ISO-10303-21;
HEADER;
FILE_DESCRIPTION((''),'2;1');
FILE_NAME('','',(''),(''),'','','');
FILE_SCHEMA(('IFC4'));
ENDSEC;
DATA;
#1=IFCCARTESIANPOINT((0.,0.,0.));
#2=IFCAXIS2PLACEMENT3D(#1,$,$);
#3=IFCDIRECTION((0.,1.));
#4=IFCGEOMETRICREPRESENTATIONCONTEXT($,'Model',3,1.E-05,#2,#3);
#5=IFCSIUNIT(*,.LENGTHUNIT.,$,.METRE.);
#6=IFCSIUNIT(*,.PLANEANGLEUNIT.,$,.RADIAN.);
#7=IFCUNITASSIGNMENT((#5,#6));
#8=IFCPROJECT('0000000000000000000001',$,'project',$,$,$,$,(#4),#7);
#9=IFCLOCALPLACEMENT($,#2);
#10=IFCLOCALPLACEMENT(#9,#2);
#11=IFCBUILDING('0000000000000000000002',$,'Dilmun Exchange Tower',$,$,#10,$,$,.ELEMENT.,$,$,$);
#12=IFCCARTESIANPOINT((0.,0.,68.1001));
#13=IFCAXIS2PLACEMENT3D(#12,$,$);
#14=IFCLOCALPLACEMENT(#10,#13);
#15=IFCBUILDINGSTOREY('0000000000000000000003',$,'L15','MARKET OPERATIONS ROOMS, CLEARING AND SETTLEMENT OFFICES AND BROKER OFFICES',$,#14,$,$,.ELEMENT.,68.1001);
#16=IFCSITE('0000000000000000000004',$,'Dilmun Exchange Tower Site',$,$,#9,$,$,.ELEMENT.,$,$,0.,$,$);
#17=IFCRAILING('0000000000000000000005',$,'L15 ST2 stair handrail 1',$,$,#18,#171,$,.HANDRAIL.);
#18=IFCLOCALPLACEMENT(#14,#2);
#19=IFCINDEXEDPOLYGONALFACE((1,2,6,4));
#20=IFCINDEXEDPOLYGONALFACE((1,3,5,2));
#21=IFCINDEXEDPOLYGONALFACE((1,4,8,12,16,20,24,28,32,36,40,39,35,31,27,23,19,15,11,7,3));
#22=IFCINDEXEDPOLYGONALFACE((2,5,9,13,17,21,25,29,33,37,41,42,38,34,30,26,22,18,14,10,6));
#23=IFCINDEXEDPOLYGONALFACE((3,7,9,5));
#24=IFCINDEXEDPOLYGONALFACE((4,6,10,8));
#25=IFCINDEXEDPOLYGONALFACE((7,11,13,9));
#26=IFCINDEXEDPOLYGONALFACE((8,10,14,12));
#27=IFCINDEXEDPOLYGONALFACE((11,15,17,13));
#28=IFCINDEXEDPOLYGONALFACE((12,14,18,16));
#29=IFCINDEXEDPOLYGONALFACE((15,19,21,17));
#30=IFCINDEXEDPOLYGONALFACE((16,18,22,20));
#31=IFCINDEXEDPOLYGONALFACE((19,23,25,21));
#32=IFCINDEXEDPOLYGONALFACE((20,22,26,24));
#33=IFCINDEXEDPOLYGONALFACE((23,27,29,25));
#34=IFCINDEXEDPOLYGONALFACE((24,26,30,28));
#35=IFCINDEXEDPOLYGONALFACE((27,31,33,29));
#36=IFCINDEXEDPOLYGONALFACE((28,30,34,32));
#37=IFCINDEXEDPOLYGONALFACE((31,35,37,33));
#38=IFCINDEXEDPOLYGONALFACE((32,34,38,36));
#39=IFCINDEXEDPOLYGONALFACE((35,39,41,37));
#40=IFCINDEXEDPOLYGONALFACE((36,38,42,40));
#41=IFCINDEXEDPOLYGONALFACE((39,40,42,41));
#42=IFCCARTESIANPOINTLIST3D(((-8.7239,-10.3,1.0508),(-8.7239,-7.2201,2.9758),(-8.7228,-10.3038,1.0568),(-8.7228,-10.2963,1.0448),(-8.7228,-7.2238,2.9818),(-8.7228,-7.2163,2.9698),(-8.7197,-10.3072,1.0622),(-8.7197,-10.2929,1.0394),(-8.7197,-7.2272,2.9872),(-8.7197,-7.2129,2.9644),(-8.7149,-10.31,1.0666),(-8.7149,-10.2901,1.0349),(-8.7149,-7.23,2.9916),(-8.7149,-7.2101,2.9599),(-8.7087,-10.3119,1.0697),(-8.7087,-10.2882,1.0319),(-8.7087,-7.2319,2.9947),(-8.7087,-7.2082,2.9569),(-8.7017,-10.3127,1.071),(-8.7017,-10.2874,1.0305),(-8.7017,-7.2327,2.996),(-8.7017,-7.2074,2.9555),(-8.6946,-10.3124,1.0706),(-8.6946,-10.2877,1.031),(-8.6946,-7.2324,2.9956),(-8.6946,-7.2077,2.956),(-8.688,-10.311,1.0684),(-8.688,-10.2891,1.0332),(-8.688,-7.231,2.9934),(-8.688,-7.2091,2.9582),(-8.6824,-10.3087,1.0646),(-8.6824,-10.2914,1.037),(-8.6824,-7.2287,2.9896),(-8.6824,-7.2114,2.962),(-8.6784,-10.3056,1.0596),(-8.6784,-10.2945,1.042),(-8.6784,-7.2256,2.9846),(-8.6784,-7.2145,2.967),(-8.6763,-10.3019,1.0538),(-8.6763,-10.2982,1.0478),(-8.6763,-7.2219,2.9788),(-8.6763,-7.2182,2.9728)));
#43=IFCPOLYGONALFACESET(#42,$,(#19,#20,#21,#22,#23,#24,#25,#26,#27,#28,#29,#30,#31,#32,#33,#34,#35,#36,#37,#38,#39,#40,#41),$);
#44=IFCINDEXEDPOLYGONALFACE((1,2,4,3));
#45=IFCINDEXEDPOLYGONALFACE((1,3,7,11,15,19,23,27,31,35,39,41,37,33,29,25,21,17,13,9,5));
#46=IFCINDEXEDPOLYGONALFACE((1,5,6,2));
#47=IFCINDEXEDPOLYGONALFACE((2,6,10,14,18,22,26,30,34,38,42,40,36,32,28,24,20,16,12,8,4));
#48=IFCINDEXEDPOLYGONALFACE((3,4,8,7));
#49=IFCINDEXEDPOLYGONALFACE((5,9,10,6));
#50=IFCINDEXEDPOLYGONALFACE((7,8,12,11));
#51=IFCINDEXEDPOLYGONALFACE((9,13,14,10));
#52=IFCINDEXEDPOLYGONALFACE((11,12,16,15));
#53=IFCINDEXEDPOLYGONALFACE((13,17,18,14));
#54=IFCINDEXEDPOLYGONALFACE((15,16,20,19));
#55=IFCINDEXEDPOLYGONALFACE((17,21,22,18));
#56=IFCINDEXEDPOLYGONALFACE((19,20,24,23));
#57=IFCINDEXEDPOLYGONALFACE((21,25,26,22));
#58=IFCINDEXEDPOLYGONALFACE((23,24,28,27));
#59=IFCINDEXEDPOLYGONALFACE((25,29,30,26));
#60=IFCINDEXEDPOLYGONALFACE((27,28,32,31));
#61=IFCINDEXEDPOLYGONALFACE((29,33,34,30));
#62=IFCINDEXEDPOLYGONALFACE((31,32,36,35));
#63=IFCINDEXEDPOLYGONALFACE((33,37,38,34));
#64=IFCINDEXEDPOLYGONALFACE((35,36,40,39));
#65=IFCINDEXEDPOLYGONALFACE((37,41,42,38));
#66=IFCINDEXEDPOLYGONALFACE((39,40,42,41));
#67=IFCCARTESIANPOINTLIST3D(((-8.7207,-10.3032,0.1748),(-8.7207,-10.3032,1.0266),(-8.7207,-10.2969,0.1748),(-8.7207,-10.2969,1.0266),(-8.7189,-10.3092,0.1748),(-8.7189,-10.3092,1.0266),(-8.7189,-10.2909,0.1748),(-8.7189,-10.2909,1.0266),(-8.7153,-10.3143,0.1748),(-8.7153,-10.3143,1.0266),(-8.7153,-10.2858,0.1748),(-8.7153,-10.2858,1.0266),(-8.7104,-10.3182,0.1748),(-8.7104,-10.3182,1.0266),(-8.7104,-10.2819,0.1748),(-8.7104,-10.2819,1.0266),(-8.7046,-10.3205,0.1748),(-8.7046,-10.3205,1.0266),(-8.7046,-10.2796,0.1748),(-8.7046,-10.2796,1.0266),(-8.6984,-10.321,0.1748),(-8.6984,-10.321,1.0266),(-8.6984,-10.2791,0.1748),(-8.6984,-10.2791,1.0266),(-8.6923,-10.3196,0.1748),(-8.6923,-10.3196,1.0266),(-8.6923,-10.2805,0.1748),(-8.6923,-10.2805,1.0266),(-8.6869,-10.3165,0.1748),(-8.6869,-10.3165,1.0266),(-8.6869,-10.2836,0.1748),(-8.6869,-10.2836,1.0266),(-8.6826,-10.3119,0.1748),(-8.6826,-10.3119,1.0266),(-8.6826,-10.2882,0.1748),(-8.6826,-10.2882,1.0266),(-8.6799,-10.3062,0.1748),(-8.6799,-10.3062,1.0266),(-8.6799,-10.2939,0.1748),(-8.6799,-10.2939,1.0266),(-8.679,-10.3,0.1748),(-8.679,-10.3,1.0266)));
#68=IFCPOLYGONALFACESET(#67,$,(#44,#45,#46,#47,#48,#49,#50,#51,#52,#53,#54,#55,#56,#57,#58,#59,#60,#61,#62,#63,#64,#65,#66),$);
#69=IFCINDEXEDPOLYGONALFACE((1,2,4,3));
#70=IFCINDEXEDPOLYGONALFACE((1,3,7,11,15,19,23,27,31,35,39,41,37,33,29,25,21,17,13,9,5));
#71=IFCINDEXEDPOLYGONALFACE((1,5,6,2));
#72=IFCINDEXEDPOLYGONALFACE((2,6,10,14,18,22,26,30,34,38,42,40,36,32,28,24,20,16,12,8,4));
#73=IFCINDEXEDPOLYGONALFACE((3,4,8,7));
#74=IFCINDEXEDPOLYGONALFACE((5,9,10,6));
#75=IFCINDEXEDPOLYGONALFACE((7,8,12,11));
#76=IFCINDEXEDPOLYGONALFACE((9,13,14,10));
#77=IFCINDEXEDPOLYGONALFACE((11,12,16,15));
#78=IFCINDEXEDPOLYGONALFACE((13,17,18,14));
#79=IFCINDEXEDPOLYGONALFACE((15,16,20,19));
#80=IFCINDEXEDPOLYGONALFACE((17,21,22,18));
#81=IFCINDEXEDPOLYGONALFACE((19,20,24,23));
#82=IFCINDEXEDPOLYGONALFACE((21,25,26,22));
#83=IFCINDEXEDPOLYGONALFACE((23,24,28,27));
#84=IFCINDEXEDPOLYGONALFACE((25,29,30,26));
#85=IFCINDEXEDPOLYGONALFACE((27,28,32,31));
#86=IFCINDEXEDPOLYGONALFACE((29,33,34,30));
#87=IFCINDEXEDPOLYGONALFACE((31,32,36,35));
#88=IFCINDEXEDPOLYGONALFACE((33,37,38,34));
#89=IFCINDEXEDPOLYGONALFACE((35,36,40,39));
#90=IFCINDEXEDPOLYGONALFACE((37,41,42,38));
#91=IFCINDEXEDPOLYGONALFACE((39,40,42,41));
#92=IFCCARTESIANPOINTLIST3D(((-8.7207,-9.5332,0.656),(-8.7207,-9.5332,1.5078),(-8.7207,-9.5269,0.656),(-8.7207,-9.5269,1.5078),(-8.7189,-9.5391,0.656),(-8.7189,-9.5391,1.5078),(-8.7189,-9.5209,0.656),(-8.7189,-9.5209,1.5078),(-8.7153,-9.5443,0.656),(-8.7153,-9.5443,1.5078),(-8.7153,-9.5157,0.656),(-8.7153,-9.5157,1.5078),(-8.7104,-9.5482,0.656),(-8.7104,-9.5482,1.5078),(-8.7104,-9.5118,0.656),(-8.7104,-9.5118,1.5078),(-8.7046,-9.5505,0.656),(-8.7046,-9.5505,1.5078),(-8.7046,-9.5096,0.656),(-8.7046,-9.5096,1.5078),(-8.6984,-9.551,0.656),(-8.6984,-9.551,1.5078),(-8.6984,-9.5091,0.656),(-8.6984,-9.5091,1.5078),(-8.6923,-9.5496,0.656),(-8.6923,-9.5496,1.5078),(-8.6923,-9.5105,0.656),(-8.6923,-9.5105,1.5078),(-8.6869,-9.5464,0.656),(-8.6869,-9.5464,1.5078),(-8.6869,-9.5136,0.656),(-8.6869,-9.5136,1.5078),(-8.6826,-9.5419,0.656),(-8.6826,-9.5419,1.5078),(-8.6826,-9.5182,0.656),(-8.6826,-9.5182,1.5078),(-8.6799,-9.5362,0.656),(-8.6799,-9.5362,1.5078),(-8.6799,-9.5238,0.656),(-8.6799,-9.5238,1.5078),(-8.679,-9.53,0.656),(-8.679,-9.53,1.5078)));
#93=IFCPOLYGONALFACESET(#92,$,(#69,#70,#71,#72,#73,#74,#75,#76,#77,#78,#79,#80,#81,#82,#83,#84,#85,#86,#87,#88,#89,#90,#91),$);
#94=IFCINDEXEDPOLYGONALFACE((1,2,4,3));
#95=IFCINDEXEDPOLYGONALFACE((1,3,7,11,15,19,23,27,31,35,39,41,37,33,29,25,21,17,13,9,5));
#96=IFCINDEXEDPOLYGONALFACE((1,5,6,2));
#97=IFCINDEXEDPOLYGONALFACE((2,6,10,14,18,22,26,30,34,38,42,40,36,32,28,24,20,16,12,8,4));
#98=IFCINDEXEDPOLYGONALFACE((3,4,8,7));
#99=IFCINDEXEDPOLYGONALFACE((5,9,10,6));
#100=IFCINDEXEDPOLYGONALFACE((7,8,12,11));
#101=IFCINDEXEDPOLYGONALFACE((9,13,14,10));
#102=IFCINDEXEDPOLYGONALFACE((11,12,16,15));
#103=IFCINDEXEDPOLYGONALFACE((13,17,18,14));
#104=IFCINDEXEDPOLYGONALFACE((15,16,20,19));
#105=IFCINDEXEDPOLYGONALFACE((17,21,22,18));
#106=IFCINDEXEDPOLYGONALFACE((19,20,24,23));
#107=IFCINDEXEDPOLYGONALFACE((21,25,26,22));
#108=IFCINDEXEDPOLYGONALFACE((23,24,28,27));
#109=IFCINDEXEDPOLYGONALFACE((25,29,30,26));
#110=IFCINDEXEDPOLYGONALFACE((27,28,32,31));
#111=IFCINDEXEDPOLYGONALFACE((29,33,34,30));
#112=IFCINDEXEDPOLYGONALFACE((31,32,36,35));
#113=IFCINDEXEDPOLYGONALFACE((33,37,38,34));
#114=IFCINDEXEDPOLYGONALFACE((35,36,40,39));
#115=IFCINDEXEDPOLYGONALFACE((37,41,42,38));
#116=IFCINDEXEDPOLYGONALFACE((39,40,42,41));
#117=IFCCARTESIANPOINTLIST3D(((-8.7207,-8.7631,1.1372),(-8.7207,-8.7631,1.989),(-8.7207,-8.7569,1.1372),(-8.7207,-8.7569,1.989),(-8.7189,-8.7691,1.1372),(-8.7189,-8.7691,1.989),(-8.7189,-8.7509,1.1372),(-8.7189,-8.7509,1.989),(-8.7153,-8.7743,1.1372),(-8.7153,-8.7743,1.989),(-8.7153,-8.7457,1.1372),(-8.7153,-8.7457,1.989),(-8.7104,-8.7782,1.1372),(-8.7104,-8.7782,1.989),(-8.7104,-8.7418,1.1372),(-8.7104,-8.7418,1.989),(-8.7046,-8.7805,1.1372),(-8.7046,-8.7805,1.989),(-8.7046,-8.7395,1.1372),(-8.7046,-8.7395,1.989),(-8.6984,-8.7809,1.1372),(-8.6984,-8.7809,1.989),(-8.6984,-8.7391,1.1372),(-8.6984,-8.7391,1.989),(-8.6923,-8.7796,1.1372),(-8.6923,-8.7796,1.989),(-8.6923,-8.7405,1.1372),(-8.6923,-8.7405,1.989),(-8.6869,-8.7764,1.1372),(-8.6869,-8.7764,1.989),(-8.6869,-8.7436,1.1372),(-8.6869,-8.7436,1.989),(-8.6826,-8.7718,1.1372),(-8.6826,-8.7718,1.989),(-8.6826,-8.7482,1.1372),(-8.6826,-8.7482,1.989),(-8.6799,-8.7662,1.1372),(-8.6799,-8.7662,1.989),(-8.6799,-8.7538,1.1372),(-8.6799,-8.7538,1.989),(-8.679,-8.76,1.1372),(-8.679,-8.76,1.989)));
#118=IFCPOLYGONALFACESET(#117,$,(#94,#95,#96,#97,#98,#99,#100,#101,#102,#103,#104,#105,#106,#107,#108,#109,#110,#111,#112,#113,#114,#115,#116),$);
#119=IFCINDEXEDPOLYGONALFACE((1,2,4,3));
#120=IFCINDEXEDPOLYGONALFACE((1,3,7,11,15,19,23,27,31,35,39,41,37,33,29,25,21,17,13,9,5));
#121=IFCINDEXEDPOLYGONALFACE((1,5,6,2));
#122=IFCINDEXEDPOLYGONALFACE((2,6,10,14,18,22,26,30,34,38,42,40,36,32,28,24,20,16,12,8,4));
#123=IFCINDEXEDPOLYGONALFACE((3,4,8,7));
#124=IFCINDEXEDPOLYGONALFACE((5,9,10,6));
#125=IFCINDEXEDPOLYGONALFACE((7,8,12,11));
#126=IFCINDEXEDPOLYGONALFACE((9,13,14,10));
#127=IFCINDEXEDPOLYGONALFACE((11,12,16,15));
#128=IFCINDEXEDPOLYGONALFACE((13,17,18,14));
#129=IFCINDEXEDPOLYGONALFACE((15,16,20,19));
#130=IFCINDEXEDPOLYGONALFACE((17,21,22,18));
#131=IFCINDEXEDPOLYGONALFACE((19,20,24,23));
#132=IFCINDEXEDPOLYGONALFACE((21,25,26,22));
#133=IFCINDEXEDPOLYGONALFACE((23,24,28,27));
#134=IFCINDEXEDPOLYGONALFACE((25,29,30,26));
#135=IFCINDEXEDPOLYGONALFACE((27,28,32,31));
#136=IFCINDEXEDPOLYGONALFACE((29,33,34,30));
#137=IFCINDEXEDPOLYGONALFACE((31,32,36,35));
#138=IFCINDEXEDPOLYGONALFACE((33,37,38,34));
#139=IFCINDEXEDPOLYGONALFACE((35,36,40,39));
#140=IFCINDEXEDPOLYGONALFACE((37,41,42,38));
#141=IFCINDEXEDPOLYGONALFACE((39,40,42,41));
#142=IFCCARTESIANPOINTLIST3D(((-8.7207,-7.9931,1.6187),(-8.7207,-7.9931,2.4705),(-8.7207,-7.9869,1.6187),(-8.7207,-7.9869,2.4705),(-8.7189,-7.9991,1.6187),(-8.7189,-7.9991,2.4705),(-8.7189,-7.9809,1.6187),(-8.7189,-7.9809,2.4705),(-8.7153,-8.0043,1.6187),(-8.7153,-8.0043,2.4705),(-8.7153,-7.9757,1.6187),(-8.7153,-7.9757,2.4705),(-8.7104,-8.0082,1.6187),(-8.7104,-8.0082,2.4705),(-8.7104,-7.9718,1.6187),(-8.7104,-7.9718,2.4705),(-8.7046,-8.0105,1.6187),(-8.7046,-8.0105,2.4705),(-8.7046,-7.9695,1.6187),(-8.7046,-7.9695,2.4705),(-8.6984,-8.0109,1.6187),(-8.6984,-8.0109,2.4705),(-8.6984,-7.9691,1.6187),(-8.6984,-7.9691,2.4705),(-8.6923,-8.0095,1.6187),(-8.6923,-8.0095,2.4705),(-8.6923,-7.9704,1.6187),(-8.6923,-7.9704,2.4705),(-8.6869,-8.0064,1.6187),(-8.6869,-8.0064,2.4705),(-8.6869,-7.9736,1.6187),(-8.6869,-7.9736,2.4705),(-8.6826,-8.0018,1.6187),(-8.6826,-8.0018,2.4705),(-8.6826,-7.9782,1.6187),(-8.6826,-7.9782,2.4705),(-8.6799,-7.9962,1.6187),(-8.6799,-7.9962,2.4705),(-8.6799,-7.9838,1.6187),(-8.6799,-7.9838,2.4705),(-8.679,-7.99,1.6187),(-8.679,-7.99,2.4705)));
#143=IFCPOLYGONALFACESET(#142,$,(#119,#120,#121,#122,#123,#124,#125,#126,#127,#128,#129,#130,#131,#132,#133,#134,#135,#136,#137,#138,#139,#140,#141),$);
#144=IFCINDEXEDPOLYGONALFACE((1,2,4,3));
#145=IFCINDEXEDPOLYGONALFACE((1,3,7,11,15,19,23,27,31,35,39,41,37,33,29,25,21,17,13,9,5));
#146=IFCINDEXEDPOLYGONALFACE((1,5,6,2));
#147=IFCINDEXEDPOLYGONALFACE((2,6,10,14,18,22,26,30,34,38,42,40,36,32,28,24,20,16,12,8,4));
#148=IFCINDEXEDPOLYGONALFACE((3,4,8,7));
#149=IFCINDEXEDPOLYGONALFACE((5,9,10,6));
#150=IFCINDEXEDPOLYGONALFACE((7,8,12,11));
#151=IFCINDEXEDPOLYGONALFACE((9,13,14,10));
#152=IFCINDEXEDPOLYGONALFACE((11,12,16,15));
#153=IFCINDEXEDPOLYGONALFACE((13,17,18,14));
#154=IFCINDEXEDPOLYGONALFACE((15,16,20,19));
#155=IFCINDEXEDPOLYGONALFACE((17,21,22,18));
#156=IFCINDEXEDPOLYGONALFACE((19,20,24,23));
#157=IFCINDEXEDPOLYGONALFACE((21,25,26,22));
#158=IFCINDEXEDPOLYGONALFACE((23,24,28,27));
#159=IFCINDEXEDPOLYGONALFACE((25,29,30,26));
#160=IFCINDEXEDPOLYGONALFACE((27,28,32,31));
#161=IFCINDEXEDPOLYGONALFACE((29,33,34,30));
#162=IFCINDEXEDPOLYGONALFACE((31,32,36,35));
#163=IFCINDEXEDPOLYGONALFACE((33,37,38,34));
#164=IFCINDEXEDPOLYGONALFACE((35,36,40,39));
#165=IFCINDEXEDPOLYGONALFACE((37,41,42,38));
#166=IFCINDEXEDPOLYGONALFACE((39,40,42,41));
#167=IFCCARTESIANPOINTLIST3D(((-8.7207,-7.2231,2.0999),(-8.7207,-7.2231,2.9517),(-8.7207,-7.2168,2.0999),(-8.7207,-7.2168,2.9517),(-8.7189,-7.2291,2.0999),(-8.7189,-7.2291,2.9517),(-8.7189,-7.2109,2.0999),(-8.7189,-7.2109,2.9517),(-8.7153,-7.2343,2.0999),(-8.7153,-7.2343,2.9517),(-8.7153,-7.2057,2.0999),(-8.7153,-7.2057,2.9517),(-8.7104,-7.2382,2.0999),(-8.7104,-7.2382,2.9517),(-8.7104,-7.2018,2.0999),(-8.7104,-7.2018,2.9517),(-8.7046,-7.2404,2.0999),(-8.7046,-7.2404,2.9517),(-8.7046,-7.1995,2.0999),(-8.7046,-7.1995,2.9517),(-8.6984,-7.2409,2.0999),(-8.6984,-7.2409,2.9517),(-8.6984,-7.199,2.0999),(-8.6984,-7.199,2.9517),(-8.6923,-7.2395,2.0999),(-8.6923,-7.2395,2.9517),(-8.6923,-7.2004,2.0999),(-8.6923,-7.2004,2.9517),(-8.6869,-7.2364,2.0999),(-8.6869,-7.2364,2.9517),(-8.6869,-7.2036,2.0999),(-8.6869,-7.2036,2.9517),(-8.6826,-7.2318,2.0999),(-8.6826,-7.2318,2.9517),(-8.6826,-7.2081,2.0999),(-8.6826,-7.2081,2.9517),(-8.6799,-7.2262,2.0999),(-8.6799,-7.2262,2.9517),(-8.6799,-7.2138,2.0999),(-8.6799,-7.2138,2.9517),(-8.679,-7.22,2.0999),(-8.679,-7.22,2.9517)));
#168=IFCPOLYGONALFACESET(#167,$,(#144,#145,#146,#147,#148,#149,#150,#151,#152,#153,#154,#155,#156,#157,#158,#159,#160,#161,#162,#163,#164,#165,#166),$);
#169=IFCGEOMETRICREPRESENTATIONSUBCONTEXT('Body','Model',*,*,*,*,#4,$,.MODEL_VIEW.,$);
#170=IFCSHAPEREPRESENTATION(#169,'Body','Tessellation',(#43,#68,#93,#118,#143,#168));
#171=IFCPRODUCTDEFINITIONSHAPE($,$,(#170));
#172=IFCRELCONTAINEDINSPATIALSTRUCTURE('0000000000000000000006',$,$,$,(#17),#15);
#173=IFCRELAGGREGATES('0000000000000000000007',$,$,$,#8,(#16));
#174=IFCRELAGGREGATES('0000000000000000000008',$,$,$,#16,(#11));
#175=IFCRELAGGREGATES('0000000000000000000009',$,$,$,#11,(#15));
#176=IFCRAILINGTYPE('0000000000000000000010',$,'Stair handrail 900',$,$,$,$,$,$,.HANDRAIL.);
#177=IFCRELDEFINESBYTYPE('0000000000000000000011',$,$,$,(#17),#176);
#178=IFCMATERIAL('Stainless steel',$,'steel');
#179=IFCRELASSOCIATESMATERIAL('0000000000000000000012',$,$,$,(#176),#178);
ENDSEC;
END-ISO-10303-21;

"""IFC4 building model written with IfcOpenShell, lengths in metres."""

from ifc_helpers import new_model, si_unit, direction, frame, origin, origin_2d, place, context, subcontext, project, spatial, circle, extrude, material, type_object, element, save


model = new_model("IFC4")

# Units and contexts
model_context = context("Model", 3, precision=1e-05, world=origin(), true_north=direction((0.0, 1.0)))
body_context = subcontext(model_context, "Body", "Model", "MODEL_VIEW")
ifc_project = project(units=[si_unit("LENGTHUNIT", "METRE"), si_unit("PLANEANGLEUNIT", "RADIAN")], contexts=[model_context])

# Site, building, storey
site_placement = place(None, origin())
site = spatial("IfcSite", under=ifc_project, at=site_placement, Name="Dilmun Exchange Tower Site", CompositionType="ELEMENT", RefElevation=0.0)
building_placement = place(site_placement, origin())
building = spatial("IfcBuilding", under=site, at=building_placement, Name="Dilmun Exchange Tower", CompositionType="ELEMENT")
storey_placement = place(building_placement, frame((0.0, 0.0, 68.1001)))
storey = spatial("IfcBuildingStorey", under=building, at=storey_placement, Name="L15", Description="MARKET OPERATIONS ROOMS, CLEARING AND SETTLEMENT OFFICES AND BROKER OFFICES", CompositionType="ELEMENT", Elevation=68.1001)

# Railing
ifc_material_1 = material(Name="Stainless steel", Category="steel")
railing_type = type_object("IfcRailingType", Name="Stair handrail 900", PredefinedType="HANDRAIL", material=ifc_material_1)
railing_1_placement = place(storey_placement, frame((-8.7, -10.3, 0.1748)))
element("IfcRailing", 1, at=railing_1_placement, inside=storey, type_object=railing_type, Name="L15 ST2 stair handrail 1", PredefinedType="HANDRAIL", context=body_context, shape_type="SweptSolid", body=[
    extrude(circle(Radius=0.0239, at=origin_2d()), frame((0.0, 0.0, 0.876), z_axis=(0.0, 0.847998, 0.529999), x_axis=(-1.0, 0.0, 0.0)), (0.0, 0.0, 1.0), 3.6321),
    extrude(circle(Radius=0.021, at=origin_2d()), origin(), (0.0, 0.0, 1.0), 0.8518),
    extrude(circle(Radius=0.021, at=origin_2d()), frame((0.0, 0.77, 0.4812)), (0.0, 0.0, 1.0), 0.8518),
    extrude(circle(Radius=0.021, at=origin_2d()), frame((0.0, 1.54, 0.9624)), (0.0, 0.0, 1.0), 0.8518),
    extrude(circle(Radius=0.021, at=origin_2d()), frame((0.0, 2.3101, 1.4438)), (0.0, 0.0, 1.0), 0.8518),
    extrude(circle(Radius=0.021, at=origin_2d()), frame((0.0, 3.0801, 1.925)), (0.0, 0.0, 1.0), 0.8518),
])

save(model, "model.ifc")
